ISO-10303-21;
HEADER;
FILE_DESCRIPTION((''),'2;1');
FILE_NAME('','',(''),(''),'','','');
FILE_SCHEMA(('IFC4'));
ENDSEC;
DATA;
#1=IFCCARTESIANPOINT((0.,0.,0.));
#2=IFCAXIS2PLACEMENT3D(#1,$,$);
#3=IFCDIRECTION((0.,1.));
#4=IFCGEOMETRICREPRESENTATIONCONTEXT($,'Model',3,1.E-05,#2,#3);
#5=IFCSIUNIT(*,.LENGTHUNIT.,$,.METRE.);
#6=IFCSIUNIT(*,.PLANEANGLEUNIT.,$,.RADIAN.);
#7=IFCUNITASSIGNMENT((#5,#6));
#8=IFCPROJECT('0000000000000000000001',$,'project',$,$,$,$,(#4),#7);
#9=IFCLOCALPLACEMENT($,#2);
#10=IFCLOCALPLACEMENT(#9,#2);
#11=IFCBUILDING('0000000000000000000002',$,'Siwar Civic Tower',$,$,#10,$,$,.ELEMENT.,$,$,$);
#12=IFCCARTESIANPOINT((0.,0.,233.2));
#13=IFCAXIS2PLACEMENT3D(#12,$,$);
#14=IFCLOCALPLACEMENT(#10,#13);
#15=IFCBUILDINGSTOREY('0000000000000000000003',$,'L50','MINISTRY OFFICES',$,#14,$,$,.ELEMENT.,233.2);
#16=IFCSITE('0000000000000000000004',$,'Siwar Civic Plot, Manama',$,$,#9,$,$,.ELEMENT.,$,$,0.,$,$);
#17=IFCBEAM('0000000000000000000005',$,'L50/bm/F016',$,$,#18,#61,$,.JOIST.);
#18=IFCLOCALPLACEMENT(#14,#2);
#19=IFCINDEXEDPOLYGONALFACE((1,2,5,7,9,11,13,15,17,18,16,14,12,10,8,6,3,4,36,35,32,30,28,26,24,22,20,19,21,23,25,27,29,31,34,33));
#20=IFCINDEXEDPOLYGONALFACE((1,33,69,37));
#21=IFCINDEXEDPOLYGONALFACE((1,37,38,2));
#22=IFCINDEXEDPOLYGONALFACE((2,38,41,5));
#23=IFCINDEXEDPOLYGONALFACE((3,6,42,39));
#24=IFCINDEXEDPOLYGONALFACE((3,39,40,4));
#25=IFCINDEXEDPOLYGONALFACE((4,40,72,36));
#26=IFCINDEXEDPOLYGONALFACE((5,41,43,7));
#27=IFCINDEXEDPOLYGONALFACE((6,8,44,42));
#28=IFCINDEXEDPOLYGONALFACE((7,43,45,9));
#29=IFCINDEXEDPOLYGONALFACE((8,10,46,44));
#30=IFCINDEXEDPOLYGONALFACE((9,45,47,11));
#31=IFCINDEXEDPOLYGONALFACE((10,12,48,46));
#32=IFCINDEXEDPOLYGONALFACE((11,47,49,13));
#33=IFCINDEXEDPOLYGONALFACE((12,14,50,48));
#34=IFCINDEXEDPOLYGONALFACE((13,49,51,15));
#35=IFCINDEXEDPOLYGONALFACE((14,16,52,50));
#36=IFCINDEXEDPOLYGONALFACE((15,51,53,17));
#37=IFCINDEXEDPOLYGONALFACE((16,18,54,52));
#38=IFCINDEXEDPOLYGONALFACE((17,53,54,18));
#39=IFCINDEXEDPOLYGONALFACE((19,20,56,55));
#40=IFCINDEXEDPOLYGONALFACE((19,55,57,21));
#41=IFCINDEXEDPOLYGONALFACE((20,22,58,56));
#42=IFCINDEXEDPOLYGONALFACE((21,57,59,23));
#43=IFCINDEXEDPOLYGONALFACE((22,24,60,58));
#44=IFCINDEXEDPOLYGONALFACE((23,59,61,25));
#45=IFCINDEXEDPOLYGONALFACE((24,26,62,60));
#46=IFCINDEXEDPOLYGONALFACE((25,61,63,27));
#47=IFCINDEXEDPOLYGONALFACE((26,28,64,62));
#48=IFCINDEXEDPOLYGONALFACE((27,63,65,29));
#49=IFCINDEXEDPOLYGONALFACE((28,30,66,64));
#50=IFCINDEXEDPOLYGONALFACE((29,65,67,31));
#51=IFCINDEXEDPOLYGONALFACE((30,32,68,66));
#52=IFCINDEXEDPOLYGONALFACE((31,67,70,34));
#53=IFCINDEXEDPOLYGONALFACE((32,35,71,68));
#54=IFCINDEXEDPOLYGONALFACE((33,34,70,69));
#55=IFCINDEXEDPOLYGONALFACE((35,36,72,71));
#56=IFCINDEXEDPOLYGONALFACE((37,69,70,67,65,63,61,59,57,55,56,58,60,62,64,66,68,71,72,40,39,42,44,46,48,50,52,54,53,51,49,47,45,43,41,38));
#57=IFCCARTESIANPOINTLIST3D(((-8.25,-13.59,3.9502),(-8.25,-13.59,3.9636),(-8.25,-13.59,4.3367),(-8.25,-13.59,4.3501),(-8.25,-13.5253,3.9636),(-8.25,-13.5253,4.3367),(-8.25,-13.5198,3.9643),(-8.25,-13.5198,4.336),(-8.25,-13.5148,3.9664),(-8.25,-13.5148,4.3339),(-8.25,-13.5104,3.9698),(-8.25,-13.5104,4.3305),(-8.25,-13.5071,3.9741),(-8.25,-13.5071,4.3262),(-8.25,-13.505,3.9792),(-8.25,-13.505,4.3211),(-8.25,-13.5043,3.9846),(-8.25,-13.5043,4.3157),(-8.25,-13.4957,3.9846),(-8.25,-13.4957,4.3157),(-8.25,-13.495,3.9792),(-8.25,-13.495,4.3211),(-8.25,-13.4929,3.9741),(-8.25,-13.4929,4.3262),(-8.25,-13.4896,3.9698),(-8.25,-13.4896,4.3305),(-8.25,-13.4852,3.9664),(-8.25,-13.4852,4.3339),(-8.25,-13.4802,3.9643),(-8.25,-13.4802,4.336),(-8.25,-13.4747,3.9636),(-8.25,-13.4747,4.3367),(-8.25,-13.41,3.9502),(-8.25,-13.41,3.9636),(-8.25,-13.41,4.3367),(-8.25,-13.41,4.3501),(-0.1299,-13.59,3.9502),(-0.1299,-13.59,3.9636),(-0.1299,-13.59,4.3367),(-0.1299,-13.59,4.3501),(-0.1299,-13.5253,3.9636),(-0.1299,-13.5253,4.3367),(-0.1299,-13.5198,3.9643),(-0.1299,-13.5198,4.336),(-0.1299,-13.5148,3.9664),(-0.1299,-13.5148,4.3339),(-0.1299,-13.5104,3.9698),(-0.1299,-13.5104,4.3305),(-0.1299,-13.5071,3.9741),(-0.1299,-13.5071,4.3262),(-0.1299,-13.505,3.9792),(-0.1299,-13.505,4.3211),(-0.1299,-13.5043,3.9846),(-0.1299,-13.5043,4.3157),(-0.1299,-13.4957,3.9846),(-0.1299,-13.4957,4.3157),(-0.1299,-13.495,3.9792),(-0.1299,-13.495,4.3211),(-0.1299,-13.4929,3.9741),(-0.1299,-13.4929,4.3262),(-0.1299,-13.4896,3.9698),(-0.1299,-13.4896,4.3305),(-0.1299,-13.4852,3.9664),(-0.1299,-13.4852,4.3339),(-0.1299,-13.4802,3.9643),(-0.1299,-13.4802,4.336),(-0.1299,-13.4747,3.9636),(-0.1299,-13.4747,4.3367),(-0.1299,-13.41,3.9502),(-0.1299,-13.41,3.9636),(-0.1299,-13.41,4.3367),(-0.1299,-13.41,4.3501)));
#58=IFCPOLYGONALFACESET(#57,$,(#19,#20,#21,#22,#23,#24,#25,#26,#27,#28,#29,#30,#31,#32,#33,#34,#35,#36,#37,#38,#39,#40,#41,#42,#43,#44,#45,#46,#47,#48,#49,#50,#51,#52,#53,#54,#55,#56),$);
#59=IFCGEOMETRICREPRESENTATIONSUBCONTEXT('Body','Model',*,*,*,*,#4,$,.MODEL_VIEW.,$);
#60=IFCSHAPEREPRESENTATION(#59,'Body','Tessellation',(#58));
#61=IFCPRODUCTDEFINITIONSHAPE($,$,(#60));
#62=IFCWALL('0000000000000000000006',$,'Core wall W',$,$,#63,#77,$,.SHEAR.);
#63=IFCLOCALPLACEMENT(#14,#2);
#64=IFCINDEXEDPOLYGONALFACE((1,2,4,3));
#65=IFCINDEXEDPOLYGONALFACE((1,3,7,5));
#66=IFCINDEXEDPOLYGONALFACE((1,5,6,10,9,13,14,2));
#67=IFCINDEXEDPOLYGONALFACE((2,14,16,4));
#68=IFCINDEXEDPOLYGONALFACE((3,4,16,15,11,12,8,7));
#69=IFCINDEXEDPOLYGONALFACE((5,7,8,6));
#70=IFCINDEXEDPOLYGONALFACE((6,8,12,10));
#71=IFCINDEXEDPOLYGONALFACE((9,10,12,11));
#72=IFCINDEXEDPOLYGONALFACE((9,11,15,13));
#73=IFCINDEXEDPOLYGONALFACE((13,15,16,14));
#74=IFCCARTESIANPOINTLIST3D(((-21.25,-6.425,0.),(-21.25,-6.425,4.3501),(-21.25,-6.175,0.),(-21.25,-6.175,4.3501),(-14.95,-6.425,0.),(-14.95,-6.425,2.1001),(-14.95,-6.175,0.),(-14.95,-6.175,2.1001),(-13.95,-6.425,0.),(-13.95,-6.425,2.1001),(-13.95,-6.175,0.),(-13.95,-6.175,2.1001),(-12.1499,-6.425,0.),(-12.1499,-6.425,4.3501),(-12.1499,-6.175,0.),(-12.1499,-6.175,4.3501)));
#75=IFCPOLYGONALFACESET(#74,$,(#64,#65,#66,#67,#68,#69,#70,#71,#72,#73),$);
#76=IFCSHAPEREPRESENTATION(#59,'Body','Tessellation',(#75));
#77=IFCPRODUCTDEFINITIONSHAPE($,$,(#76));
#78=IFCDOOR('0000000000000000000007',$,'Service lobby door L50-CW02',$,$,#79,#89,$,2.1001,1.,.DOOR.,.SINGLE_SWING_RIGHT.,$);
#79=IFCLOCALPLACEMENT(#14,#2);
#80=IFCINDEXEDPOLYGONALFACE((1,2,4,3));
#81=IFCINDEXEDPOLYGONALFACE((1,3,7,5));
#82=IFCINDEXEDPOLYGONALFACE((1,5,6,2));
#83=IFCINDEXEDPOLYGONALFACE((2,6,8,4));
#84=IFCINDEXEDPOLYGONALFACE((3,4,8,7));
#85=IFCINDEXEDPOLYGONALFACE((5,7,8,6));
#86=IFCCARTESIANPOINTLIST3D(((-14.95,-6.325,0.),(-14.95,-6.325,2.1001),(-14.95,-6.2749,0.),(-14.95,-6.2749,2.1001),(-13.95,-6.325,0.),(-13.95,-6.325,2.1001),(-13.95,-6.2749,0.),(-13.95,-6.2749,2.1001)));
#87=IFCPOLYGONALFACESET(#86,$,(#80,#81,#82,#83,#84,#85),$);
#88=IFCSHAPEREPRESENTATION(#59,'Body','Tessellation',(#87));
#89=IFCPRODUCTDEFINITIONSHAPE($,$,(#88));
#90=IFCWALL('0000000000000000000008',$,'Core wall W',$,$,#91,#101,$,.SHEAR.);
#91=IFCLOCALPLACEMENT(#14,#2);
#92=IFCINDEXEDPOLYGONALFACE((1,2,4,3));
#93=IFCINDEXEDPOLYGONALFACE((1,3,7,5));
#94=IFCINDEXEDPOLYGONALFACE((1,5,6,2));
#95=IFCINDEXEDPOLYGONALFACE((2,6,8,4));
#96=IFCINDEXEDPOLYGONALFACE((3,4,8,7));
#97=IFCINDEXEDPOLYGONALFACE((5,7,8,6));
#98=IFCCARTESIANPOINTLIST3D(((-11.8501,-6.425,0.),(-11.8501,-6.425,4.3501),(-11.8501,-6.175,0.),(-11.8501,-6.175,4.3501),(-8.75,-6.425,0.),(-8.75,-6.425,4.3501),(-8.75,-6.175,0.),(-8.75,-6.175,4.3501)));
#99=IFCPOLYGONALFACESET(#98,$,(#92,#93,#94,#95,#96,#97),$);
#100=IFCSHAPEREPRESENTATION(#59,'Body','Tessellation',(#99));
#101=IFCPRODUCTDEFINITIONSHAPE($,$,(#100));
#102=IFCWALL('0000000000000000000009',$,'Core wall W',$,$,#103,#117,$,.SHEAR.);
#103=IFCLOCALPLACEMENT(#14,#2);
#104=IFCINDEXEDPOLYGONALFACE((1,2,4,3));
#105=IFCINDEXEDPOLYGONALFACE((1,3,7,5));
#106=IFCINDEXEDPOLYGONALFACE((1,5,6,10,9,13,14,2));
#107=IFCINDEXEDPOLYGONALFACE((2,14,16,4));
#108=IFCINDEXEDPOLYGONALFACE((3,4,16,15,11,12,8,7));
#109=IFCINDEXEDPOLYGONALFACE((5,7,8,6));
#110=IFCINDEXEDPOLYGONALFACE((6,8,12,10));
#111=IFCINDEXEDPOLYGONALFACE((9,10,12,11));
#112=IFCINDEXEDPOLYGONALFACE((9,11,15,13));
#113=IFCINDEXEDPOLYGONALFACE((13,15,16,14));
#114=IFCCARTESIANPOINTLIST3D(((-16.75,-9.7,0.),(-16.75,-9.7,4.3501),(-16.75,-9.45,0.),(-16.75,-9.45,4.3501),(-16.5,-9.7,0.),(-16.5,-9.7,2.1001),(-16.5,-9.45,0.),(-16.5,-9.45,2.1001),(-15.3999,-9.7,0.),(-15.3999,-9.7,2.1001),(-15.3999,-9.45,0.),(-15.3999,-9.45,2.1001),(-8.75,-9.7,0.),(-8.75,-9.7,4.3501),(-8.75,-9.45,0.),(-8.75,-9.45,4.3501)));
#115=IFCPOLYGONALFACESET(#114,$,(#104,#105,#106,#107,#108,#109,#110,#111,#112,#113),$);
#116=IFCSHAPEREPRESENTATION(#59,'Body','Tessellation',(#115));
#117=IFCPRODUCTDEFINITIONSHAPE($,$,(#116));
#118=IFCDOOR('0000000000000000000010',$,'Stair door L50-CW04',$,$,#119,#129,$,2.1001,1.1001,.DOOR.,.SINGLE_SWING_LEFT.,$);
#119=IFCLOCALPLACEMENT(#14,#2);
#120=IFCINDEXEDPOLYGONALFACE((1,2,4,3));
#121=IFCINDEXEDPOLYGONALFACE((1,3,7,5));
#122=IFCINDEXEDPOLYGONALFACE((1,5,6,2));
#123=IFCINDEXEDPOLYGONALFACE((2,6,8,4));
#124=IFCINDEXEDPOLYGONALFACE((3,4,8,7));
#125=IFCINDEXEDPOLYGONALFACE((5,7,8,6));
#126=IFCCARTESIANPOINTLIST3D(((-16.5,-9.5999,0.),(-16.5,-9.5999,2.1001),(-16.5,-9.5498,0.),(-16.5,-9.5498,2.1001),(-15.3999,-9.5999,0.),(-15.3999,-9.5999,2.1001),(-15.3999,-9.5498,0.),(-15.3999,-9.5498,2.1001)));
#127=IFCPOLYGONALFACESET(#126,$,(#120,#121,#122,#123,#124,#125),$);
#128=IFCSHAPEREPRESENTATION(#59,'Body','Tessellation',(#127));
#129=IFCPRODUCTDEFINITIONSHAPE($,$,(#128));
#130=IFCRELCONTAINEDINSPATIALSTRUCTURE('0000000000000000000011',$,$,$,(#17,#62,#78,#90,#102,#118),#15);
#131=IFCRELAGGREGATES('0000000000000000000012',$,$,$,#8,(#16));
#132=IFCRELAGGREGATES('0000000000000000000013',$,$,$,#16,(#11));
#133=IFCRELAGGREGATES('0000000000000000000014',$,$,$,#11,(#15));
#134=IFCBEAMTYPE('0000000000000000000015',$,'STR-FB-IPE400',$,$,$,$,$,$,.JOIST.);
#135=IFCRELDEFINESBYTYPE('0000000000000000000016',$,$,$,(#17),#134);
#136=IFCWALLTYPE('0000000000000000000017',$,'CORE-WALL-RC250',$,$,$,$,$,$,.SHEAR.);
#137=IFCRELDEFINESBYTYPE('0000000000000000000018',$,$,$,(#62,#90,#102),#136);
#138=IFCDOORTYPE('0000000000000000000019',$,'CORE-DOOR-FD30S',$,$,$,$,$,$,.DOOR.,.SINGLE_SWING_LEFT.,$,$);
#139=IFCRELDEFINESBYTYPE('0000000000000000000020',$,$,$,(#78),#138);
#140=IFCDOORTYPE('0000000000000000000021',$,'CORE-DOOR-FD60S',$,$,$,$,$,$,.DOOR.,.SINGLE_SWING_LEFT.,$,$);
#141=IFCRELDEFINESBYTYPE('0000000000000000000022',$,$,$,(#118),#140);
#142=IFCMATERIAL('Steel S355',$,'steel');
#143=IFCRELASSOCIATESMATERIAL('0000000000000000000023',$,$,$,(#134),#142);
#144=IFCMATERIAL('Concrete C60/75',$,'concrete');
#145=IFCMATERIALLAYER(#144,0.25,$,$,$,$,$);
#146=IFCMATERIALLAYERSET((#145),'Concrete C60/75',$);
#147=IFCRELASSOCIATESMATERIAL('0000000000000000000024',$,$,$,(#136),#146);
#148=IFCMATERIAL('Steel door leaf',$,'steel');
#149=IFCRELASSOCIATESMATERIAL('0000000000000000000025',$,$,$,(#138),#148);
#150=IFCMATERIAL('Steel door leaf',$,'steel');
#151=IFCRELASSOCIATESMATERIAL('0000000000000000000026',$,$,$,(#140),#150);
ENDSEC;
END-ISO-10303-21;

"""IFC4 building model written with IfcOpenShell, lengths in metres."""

from ifc_helpers import new_model, si_unit, direction, frame, frame_2d, origin, origin_2d, place, context, subcontext, project, spatial, rectangle, i_section, extrude, material, layer, layer_set, material_profile, profile_set, type_object, element, fill, save


model = new_model("IFC4")

# Units and contexts
model_context = context("Model", 3, precision=1e-05, world=origin(), true_north=direction((0.0, 1.0)))
body_context = subcontext(model_context, "Body", "Model", "MODEL_VIEW")
ifc_project = project(units=[si_unit("LENGTHUNIT", "METRE"), si_unit("PLANEANGLEUNIT", "RADIAN")], contexts=[model_context])

# Site, building, storey
site_placement = place(None, origin())
site = spatial("IfcSite", under=ifc_project, at=site_placement, Name="Siwar Civic Plot, Manama", CompositionType="ELEMENT", RefElevation=0.0)
building_placement = place(site_placement, origin())
building = spatial("IfcBuilding", under=site, at=building_placement, Name="Siwar Civic Tower", CompositionType="ELEMENT")
storey_placement = place(building_placement, frame((0.0, 0.0, 233.2)))
storey = spatial("IfcBuildingStorey", under=building, at=storey_placement, Name="L50", Description="MINISTRY OFFICES", CompositionType="ELEMENT", Elevation=233.2)

# Beam
ifc_material_1 = material(Name="Steel S355", Category="steel")
ifc_material_profile = material_profile(ifc_material_1, i_section(OverallWidth=0.1799, OverallDepth=0.3999, WebThickness=0.0085, FlangeThickness=0.0134, FilletRadius=0.021, at=origin_2d()), Name="IPE400")
ifc_profile_set = profile_set([ifc_material_profile], Name="Steel S355")
beam_type = type_object("IfcBeamType", Name="STR-FB-IPE400", PredefinedType="JOIST", material=ifc_profile_set)
beam_placement = place(storey_placement, frame((-8.25, -13.5, 4.1501), z_axis=(1.0, 0.0, 0.0), x_axis=(0.0, 1.0, 0.0)))
element("IfcBeam", 1, at=beam_placement, inside=storey, type_object=beam_type, Name="L50/bm/F016", PredefinedType="JOIST", context=body_context, shape_type="SweptSolid", body=[
    extrude(i_section(OverallWidth=0.1799, OverallDepth=0.3999, WebThickness=0.0085, FlangeThickness=0.0134, FilletRadius=0.021, at=origin_2d()), origin(), (0.0, 0.0, 1.0), 8.1201),
])

# Wall, opening, door
ifc_material_2 = material(Name="Concrete C60/75", Category="concrete")
ifc_layer_1 = layer(ifc_material_2, 0.25)
ifc_layer_set_1 = layer_set([ifc_layer_1], Name="Concrete C60/75")
wall_type_1 = type_object("IfcWallType", Name="CORE-WALL-RC250", PredefinedType="SHEAR", material=ifc_layer_set_1)
wall_1_placement = place(storey_placement, frame((-12.1499, -6.3, 0.0), z_axis=(0.0, 0.0, 1.0), x_axis=(-1.0, 0.0, 0.0)))
wall_1 = element("IfcWall", 2, at=wall_1_placement, inside=storey, type_object=wall_type_1, Name="Core wall W", PredefinedType="SHEAR", context=body_context, shape_type="SweptSolid", body=[
    extrude(rectangle(XDim=9.1001, YDim=0.25, at=frame_2d((4.55, 0.0))), origin(), (0.0, 0.0, 1.0), 4.3501),
])
opening_1_placement = place(wall_1_placement, frame((1.8, 0.0, 0.0)))
opening_1 = element("IfcOpeningElement", 3, at=opening_1_placement, cuts=wall_1, PredefinedType="OPENING", context=body_context, shape_type="SweptSolid", body=[
    extrude(rectangle(XDim=1.0, YDim=2.1001, at=frame_2d((0.5, 1.05))), frame((0.0, 0.135, 0.0), z_axis=(0.0, -1.0, 0.0), x_axis=(1.0, 0.0, 0.0)), (0.0, 0.0, 1.0), 0.27),
])
ifc_material_3 = material(Name="Steel door leaf", Category="steel")
door_type_1 = type_object("IfcDoorType", Name="CORE-DOOR-FD30S", OperationType="SINGLE_SWING_LEFT", PredefinedType="DOOR", material=ifc_material_3)
door_1_placement = place(opening_1_placement, origin())
door_1 = element("IfcDoor", 4, at=door_1_placement, inside=storey, type_object=door_type_1, Name="Service lobby door L50-CW02", OperationType="SINGLE_SWING_RIGHT", OverallHeight=2.1001, OverallWidth=1.0, PredefinedType="DOOR", context=body_context, shape_type="SweptSolid", body=[
    extrude(rectangle(XDim=1.0, YDim=2.1001, at=frame_2d((0.5, 1.05))), frame((0.0, 0.0249, 0.0), z_axis=(0.0, -1.0, 0.0), x_axis=(1.0, 0.0, 0.0)), (0.0, 0.0, 1.0), 0.05),
])
fill(opening_1, door_1)

# Wall
wall_2_placement = place(storey_placement, frame((-8.75, -6.3, 0.0), z_axis=(0.0, 0.0, 1.0), x_axis=(-1.0, 0.0, 0.0)))
element("IfcWall", 5, at=wall_2_placement, inside=storey, type_object=wall_type_1, Name="Core wall W", PredefinedType="SHEAR", context=body_context, shape_type="SweptSolid", body=[
    extrude(rectangle(XDim=3.1001, YDim=0.25, at=frame_2d((1.55, 0.0))), origin(), (0.0, 0.0, 1.0), 4.3501),
])

# Wall, opening, door
wall_3_placement = place(storey_placement, frame((-8.75, -9.575, 0.0), z_axis=(0.0, 0.0, 1.0), x_axis=(-1.0, 0.0, 0.0)))
wall_3 = element("IfcWall", 6, at=wall_3_placement, inside=storey, type_object=wall_type_1, Name="Core wall W", PredefinedType="SHEAR", context=body_context, shape_type="SweptSolid", body=[
    extrude(rectangle(XDim=8.0, YDim=0.25, at=frame_2d((4.0, 0.0))), origin(), (0.0, 0.0, 1.0), 4.3501),
])
opening_2_placement = place(wall_3_placement, frame((6.6499, 0.0, 0.0)))
opening_2 = element("IfcOpeningElement", 7, at=opening_2_placement, cuts=wall_3, PredefinedType="OPENING", context=body_context, shape_type="SweptSolid", body=[
    extrude(rectangle(XDim=1.1001, YDim=2.1001, at=frame_2d((0.55, 1.05))), frame((0.0, 0.135, 0.0), z_axis=(0.0, -1.0, 0.0), x_axis=(1.0, 0.0, 0.0)), (0.0, 0.0, 1.0), 0.27),
])
ifc_material_4 = material(Name="Steel door leaf", Category="steel")
door_type_2 = type_object("IfcDoorType", Name="CORE-DOOR-FD60S", OperationType="SINGLE_SWING_LEFT", PredefinedType="DOOR", material=ifc_material_4)
door_2_placement = place(opening_2_placement, origin())
door_2 = element("IfcDoor", 8, at=door_2_placement, inside=storey, type_object=door_type_2, Name="Stair door L50-CW04", OperationType="SINGLE_SWING_LEFT", OverallHeight=2.1001, OverallWidth=1.1001, PredefinedType="DOOR", context=body_context, shape_type="SweptSolid", body=[
    extrude(rectangle(XDim=1.1001, YDim=2.1001, at=frame_2d((0.55, 1.05))), frame((0.0, 0.0249, 0.0), z_axis=(0.0, -1.0, 0.0), x_axis=(1.0, 0.0, 0.0)), (0.0, 0.0, 1.0), 0.05),
])
fill(opening_2, door_2)

save(model, "model.ifc")
